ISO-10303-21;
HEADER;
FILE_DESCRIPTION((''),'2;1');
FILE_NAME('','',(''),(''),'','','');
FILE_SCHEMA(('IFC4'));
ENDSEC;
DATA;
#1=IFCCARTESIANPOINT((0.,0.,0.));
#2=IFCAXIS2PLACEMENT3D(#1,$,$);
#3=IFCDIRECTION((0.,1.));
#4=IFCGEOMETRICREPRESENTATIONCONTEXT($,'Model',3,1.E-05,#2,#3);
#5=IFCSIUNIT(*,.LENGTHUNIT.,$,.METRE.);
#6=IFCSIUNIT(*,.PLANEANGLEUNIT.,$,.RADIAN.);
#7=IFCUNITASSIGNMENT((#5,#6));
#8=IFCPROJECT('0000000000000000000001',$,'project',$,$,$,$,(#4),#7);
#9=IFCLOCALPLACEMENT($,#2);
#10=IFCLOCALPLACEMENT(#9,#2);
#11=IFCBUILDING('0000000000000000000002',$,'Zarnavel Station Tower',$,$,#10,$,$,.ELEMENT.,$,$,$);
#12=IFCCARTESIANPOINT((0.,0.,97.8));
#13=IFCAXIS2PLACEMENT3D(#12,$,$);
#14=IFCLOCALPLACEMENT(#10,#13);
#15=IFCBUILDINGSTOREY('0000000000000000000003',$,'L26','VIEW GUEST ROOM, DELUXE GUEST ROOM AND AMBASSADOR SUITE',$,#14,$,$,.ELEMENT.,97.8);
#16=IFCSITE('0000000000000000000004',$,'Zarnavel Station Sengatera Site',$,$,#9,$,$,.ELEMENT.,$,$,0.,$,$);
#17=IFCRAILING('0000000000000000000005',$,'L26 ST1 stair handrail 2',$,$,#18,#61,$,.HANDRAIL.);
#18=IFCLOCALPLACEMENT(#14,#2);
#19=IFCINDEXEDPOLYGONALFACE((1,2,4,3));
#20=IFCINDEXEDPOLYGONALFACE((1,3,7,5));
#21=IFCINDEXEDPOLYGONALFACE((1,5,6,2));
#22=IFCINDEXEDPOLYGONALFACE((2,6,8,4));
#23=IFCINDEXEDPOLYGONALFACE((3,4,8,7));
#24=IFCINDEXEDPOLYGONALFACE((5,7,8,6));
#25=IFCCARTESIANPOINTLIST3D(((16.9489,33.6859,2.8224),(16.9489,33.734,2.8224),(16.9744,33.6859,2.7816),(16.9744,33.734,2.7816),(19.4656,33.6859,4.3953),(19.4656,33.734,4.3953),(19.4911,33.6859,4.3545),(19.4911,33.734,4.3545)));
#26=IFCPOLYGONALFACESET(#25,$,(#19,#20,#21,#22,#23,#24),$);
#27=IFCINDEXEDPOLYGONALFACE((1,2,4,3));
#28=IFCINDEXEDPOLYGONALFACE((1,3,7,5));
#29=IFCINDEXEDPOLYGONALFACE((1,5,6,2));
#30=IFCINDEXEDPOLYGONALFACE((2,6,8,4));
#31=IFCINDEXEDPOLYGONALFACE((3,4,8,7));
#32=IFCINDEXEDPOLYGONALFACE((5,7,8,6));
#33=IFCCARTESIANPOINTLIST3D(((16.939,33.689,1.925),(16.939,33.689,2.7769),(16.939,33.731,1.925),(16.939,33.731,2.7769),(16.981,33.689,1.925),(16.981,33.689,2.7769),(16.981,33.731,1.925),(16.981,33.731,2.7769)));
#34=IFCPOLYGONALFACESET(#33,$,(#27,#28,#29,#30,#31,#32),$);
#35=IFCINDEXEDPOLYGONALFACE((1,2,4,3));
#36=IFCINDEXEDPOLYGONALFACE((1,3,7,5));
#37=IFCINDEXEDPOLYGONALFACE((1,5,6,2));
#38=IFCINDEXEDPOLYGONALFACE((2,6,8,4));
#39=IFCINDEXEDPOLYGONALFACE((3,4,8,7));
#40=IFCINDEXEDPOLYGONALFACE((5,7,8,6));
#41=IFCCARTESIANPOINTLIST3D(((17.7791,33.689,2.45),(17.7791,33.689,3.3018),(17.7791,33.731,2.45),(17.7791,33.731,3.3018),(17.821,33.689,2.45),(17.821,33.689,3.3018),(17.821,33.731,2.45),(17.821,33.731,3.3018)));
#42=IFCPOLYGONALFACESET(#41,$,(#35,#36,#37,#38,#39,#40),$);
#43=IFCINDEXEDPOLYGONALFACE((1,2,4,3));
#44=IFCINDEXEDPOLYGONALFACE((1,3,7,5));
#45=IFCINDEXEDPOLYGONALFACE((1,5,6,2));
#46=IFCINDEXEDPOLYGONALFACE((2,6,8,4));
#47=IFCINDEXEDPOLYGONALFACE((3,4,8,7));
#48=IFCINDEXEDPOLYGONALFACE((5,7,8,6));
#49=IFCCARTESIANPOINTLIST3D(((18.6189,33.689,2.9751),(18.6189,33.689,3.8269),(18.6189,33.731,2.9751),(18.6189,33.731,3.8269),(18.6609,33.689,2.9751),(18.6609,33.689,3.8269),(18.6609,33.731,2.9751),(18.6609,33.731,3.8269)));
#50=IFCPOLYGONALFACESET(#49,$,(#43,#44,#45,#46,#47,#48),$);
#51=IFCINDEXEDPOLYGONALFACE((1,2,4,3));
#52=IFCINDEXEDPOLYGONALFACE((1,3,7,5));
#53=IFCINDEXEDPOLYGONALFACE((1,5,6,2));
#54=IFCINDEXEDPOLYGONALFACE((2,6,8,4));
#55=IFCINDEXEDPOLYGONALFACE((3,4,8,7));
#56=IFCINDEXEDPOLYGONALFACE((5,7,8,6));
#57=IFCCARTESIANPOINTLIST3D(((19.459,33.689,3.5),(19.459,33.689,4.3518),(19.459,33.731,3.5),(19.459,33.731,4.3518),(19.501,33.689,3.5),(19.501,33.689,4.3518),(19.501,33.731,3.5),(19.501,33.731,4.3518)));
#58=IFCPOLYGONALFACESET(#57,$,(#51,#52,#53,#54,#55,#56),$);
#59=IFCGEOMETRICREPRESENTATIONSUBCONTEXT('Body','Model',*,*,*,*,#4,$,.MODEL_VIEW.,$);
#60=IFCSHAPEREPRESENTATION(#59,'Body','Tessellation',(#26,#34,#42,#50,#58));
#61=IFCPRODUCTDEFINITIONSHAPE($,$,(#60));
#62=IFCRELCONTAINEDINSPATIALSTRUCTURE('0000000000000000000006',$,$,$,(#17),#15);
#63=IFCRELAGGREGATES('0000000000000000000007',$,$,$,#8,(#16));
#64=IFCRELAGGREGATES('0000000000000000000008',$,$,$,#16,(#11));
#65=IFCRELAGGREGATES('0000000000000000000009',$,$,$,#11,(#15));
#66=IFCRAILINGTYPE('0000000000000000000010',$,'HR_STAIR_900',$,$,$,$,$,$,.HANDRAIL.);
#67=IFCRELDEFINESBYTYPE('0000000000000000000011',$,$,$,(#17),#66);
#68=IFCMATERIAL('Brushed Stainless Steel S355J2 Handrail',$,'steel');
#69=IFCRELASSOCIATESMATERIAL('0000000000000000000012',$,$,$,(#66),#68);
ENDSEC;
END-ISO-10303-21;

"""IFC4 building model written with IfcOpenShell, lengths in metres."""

from ifc_helpers import new_model, si_unit, direction, frame, origin, origin_2d, place, context, subcontext, project, spatial, rectangle, extrude, material, type_object, element, save


model = new_model("IFC4")

# Units and contexts
model_context = context("Model", 3, precision=1e-05, world=origin(), true_north=direction((0.0, 1.0)))
body_context = subcontext(model_context, "Body", "Model", "MODEL_VIEW")
ifc_project = project(units=[si_unit("LENGTHUNIT", "METRE"), si_unit("PLANEANGLEUNIT", "RADIAN")], contexts=[model_context])

# Site, building, storey
site_placement = place(None, origin())
site = spatial("IfcSite", under=ifc_project, at=site_placement, Name="Zarnavel Station Sengatera Site", CompositionType="ELEMENT", RefElevation=0.0)
building_placement = place(site_placement, origin())
building = spatial("IfcBuilding", under=site, at=building_placement, Name="Zarnavel Station Tower", CompositionType="ELEMENT")
storey_placement = place(building_placement, frame((0.0, 0.0, 97.8)))
storey = spatial("IfcBuildingStorey", under=building, at=storey_placement, Name="L26", Description="VIEW GUEST ROOM, DELUXE GUEST ROOM AND AMBASSADOR SUITE", CompositionType="ELEMENT", Elevation=97.8)

# Railing
ifc_material_1 = material(Name="Brushed Stainless Steel S355J2 Handrail", Category="steel")
railing_type_1 = type_object("IfcRailingType", Name="HR_STAIR_900", PredefinedType="HANDRAIL", material=ifc_material_1)
railing_1_placement = place(storey_placement, frame((16.96, 33.71, 1.925)))
element("IfcRailing", 1, at=railing_1_placement, inside=storey, type_object=railing_type_1, Name="L26 ST1 stair handrail 2", PredefinedType="HANDRAIL", context=body_context, shape_type="SweptSolid", body=[
    extrude(rectangle(XDim=0.0481, YDim=0.0481, at=origin_2d()), frame((0.0017, 0.0, 0.877), z_axis=(0.848008, 0.0, 0.529984), x_axis=(0.0, 1.0, 0.0)), (0.0, 0.0, 1.0), 2.9678),
    extrude(rectangle(XDim=0.042, YDim=0.042, at=origin_2d()), origin(), (0.0, 0.0, 1.0), 0.8518),
    extrude(rectangle(XDim=0.042, YDim=0.042, at=origin_2d()), frame((0.8401, 0.0, 0.5249)), (0.0, 0.0, 1.0), 0.8518),
    extrude(rectangle(XDim=0.042, YDim=0.042, at=origin_2d()), frame((1.6799, 0.0, 1.05)), (0.0, 0.0, 1.0), 0.8518),
    extrude(rectangle(XDim=0.042, YDim=0.042, at=origin_2d()), frame((2.52, 0.0, 1.575)), (0.0, 0.0, 1.0), 0.8518),
])

save(model, "model.ifc")
